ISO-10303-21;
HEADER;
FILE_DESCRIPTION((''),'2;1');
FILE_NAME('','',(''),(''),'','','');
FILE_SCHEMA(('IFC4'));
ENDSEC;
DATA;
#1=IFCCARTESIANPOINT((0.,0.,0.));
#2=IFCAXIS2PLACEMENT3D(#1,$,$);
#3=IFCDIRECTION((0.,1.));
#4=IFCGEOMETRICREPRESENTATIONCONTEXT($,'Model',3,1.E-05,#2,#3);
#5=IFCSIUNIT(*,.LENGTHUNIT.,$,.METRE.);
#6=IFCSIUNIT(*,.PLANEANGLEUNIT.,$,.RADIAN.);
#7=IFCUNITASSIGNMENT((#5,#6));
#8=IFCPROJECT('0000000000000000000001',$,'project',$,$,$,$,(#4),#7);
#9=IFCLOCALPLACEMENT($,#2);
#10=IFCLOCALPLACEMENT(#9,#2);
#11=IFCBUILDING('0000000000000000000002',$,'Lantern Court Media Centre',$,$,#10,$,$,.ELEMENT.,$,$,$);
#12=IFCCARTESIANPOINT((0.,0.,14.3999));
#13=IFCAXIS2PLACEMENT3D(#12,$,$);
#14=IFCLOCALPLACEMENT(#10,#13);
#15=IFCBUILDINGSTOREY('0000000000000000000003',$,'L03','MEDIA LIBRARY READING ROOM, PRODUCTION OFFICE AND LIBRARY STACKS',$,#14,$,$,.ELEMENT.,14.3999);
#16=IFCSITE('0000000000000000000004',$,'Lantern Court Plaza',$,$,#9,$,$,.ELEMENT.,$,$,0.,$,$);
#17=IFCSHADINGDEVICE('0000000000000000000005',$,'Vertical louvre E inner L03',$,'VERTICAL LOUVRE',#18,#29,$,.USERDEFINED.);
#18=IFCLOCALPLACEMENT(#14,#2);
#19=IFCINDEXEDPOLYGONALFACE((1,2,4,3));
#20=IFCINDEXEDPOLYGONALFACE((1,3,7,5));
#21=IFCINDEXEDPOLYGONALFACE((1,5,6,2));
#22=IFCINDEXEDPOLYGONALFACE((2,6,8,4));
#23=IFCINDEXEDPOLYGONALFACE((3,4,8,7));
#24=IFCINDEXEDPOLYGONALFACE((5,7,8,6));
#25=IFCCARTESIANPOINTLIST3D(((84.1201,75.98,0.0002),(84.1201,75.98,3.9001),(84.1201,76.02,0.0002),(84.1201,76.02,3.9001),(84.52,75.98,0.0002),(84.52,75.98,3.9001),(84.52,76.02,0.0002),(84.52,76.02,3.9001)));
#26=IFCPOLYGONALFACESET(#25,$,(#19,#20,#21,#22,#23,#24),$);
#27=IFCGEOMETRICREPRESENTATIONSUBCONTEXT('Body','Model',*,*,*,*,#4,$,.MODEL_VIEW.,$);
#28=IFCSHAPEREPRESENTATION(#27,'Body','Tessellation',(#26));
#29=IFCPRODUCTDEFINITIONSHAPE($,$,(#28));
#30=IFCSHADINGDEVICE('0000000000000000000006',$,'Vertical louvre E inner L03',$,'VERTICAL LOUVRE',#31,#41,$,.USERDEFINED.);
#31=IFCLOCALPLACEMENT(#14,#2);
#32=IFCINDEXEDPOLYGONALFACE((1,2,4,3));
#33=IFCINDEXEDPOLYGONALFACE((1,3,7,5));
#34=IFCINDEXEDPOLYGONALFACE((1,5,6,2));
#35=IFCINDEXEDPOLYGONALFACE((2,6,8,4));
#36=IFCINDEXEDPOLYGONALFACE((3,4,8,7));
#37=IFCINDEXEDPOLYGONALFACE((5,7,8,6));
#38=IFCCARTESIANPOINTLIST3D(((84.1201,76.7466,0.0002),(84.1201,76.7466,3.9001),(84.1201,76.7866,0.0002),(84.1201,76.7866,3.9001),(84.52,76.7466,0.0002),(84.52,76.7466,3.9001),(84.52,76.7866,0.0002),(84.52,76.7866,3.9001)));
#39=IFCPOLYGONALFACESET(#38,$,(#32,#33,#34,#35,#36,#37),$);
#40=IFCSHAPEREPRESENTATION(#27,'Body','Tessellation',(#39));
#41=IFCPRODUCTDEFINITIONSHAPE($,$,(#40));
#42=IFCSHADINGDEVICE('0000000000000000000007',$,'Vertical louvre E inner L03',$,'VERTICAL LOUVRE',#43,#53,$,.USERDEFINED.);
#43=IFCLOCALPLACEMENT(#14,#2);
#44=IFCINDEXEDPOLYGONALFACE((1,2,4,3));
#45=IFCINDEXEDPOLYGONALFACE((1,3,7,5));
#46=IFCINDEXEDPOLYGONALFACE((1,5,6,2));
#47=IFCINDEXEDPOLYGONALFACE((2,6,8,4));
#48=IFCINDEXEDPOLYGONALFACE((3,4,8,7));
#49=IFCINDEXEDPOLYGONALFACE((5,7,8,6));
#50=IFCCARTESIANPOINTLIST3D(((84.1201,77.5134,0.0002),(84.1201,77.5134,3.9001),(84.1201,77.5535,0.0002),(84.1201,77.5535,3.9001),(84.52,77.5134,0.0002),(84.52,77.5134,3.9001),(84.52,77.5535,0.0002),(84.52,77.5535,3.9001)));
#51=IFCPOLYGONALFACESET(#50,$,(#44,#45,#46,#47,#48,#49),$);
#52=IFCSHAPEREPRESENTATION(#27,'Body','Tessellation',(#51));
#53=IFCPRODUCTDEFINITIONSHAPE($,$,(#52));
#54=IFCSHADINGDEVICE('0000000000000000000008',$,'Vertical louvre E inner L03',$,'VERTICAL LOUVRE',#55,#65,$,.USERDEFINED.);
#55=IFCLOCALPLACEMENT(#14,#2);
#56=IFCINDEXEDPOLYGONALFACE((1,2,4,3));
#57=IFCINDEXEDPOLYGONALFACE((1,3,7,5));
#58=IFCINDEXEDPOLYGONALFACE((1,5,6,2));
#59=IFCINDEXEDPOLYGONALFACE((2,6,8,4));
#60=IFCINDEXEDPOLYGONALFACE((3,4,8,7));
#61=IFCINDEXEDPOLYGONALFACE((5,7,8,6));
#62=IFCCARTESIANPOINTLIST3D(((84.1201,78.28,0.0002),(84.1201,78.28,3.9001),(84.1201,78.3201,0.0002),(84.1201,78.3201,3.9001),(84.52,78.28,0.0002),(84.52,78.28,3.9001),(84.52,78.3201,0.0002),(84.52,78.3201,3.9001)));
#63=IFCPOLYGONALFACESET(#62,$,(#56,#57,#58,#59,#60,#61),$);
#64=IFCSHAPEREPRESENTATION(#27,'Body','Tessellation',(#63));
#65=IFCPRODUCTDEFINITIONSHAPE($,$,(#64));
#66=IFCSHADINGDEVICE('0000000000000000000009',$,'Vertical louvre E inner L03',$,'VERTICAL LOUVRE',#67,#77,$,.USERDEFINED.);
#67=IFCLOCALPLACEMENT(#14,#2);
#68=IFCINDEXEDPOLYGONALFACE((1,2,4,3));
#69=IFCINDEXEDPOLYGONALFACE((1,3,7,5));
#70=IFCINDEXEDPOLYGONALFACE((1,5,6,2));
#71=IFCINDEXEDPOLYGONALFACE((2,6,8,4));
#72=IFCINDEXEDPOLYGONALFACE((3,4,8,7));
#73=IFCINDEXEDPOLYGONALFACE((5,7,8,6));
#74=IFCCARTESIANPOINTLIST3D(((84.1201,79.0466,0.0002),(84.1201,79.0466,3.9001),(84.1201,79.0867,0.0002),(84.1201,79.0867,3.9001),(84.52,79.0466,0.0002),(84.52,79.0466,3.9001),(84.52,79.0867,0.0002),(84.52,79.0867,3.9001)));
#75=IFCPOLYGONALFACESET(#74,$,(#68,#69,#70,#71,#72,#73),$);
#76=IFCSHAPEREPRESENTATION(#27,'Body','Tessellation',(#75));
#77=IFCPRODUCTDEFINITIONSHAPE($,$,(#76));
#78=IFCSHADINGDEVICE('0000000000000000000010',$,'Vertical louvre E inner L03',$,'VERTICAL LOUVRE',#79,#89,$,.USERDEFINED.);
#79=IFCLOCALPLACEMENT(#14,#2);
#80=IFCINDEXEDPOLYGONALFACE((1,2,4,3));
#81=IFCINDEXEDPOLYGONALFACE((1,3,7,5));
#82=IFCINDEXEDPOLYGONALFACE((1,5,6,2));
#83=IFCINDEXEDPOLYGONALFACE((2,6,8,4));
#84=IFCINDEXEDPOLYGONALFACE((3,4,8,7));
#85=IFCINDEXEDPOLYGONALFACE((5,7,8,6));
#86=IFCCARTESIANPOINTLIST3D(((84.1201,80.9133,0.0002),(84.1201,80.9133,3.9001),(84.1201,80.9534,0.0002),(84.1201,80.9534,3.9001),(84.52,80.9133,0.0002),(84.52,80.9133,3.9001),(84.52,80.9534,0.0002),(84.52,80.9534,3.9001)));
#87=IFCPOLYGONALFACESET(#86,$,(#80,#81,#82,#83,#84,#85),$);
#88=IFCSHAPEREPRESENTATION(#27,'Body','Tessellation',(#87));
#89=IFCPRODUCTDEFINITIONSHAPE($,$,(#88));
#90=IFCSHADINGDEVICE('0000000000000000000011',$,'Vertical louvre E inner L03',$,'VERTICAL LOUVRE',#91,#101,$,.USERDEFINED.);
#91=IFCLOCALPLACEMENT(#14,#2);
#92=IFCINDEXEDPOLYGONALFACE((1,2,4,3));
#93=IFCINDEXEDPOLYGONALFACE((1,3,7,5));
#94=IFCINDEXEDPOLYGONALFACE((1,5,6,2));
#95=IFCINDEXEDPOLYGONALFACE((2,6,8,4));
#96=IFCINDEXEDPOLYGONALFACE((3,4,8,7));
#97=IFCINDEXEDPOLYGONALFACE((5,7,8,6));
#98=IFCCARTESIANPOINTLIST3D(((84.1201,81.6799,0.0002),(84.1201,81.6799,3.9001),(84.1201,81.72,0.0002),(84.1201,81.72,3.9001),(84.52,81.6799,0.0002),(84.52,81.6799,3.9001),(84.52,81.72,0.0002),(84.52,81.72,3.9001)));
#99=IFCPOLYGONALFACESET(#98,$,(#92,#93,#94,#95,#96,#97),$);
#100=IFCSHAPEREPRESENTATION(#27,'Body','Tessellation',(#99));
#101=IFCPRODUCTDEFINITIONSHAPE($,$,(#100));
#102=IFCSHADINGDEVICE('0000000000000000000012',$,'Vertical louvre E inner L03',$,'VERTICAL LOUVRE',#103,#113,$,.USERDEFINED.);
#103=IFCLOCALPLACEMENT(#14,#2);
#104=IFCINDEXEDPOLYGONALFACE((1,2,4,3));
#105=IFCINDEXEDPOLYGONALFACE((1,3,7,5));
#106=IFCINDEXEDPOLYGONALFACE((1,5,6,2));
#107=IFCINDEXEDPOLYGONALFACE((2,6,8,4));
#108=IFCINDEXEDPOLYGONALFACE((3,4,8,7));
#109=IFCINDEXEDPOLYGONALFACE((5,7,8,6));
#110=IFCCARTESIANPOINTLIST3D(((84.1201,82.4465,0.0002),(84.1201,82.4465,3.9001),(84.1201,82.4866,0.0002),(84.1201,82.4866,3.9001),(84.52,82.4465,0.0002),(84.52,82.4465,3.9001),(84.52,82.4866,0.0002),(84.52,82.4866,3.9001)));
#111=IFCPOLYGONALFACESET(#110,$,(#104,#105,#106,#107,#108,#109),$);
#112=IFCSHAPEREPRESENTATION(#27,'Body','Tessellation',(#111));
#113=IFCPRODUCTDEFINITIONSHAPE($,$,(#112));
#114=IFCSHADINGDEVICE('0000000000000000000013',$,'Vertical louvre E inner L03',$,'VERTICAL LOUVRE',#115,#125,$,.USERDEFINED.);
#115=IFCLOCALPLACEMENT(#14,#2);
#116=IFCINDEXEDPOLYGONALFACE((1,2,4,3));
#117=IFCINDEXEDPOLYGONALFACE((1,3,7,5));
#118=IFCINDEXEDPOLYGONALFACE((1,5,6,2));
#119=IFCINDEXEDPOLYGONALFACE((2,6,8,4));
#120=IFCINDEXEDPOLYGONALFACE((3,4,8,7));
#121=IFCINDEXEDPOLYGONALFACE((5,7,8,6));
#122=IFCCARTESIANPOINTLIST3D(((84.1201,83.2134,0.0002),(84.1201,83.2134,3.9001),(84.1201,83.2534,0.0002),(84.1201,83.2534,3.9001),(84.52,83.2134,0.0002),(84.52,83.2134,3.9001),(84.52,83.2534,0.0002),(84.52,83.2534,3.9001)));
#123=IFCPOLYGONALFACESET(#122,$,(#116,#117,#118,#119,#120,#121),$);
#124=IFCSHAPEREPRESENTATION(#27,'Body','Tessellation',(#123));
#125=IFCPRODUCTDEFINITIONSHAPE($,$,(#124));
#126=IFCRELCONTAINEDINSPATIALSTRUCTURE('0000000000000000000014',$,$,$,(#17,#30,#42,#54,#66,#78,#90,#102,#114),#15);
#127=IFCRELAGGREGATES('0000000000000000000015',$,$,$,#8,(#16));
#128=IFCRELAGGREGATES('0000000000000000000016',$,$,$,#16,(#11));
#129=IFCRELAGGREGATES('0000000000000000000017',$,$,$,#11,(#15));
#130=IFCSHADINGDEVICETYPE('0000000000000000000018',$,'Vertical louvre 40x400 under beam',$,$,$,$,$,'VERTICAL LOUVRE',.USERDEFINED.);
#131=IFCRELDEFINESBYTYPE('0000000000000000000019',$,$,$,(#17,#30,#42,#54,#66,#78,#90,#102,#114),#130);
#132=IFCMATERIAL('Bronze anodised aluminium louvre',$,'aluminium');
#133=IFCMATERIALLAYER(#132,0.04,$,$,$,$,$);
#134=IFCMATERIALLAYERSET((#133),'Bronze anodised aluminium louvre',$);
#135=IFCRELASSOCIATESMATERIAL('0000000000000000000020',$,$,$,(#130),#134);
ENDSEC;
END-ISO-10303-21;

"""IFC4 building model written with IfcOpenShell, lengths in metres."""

from ifc_helpers import new_model, si_unit, direction, frame, origin, origin_2d, place, context, subcontext, project, spatial, rectangle, extrude, material, layer, layer_set, type_object, element, save


model = new_model("IFC4")

# Units and contexts
model_context = context("Model", 3, precision=1e-05, world=origin(), true_north=direction((0.0, 1.0)))
body_context = subcontext(model_context, "Body", "Model", "MODEL_VIEW")
ifc_project = project(units=[si_unit("LENGTHUNIT", "METRE"), si_unit("PLANEANGLEUNIT", "RADIAN")], contexts=[model_context])

# Site, building, storey
site_placement = place(None, origin())
site = spatial("IfcSite", under=ifc_project, at=site_placement, Name="Lantern Court Plaza", CompositionType="ELEMENT", RefElevation=0.0)
building_placement = place(site_placement, origin())
building = spatial("IfcBuilding", under=site, at=building_placement, Name="Lantern Court Media Centre", CompositionType="ELEMENT")
storey_placement = place(building_placement, frame((0.0, 0.0, 14.3999)))
storey = spatial("IfcBuildingStorey", under=building, at=storey_placement, Name="L03", Description="MEDIA LIBRARY READING ROOM, PRODUCTION OFFICE AND LIBRARY STACKS", CompositionType="ELEMENT", Elevation=14.3999)

# Shading devices
ifc_material_1 = material(Name="Bronze anodised aluminium louvre", Category="aluminium")
ifc_layer_1 = layer(ifc_material_1, 0.04)
ifc_layer_set_1 = layer_set([ifc_layer_1], Name="Bronze anodised aluminium louvre")
shading_device_type = type_object("IfcShadingDeviceType", Name="Vertical louvre 40x400 under beam", ElementType="VERTICAL LOUVRE", PredefinedType="USERDEFINED", material=ifc_layer_set_1)
for number, where, z_axis, x_axis, name in (
    (1, (84.3201, 76.0, 0.0002), (0.0, 0.0, 1.0), (1.0, 0.0, 0.0), "Vertical louvre E inner L03"),
    (2, (84.3201, 76.7666, 0.0002), (0.0, 0.0, 1.0), (1.0, 0.0, 0.0), "Vertical louvre E inner L03"),
    (3, (84.3201, 77.5334, 0.0002), (0.0, 0.0, 1.0), (1.0, 0.0, 0.0), "Vertical louvre E inner L03"),
    (4, (84.3201, 78.3, 0.0002), (0.0, 0.0, 1.0), (1.0, 0.0, 0.0), "Vertical louvre E inner L03"),
    (5, (84.3201, 79.0667, 0.0002), (0.0, 0.0, 1.0), (1.0, 0.0, 0.0), "Vertical louvre E inner L03"),
    (6, (84.3201, 80.9333, 0.0002), (0.0, 0.0, 1.0), (1.0, 0.0, 0.0), "Vertical louvre E inner L03"),
    (7, (84.3201, 81.7, 0.0002), (0.0, 0.0, 1.0), (1.0, 0.0, 0.0), "Vertical louvre E inner L03"),
    (8, (84.3201, 82.4666, 0.0002), (0.0, 0.0, 1.0), (1.0, 0.0, 0.0), "Vertical louvre E inner L03"),
    (9, (84.3201, 83.2334, 0.0002), (0.0, 0.0, 1.0), (1.0, 0.0, 0.0), "Vertical louvre E inner L03"),
):
    element("IfcShadingDevice", number, at=place(storey_placement, frame(where, z_axis=z_axis, x_axis=x_axis)), inside=storey, type_object=shading_device_type, Name=name, ObjectType="VERTICAL LOUVRE", PredefinedType="USERDEFINED", context=body_context, shape_type="SweptSolid", body=[
        extrude(rectangle(XDim=0.3999, YDim=0.04, at=origin_2d()), origin(), (0.0, 0.0, 1.0), 3.8999),
    ])

save(model, "model.ifc")
